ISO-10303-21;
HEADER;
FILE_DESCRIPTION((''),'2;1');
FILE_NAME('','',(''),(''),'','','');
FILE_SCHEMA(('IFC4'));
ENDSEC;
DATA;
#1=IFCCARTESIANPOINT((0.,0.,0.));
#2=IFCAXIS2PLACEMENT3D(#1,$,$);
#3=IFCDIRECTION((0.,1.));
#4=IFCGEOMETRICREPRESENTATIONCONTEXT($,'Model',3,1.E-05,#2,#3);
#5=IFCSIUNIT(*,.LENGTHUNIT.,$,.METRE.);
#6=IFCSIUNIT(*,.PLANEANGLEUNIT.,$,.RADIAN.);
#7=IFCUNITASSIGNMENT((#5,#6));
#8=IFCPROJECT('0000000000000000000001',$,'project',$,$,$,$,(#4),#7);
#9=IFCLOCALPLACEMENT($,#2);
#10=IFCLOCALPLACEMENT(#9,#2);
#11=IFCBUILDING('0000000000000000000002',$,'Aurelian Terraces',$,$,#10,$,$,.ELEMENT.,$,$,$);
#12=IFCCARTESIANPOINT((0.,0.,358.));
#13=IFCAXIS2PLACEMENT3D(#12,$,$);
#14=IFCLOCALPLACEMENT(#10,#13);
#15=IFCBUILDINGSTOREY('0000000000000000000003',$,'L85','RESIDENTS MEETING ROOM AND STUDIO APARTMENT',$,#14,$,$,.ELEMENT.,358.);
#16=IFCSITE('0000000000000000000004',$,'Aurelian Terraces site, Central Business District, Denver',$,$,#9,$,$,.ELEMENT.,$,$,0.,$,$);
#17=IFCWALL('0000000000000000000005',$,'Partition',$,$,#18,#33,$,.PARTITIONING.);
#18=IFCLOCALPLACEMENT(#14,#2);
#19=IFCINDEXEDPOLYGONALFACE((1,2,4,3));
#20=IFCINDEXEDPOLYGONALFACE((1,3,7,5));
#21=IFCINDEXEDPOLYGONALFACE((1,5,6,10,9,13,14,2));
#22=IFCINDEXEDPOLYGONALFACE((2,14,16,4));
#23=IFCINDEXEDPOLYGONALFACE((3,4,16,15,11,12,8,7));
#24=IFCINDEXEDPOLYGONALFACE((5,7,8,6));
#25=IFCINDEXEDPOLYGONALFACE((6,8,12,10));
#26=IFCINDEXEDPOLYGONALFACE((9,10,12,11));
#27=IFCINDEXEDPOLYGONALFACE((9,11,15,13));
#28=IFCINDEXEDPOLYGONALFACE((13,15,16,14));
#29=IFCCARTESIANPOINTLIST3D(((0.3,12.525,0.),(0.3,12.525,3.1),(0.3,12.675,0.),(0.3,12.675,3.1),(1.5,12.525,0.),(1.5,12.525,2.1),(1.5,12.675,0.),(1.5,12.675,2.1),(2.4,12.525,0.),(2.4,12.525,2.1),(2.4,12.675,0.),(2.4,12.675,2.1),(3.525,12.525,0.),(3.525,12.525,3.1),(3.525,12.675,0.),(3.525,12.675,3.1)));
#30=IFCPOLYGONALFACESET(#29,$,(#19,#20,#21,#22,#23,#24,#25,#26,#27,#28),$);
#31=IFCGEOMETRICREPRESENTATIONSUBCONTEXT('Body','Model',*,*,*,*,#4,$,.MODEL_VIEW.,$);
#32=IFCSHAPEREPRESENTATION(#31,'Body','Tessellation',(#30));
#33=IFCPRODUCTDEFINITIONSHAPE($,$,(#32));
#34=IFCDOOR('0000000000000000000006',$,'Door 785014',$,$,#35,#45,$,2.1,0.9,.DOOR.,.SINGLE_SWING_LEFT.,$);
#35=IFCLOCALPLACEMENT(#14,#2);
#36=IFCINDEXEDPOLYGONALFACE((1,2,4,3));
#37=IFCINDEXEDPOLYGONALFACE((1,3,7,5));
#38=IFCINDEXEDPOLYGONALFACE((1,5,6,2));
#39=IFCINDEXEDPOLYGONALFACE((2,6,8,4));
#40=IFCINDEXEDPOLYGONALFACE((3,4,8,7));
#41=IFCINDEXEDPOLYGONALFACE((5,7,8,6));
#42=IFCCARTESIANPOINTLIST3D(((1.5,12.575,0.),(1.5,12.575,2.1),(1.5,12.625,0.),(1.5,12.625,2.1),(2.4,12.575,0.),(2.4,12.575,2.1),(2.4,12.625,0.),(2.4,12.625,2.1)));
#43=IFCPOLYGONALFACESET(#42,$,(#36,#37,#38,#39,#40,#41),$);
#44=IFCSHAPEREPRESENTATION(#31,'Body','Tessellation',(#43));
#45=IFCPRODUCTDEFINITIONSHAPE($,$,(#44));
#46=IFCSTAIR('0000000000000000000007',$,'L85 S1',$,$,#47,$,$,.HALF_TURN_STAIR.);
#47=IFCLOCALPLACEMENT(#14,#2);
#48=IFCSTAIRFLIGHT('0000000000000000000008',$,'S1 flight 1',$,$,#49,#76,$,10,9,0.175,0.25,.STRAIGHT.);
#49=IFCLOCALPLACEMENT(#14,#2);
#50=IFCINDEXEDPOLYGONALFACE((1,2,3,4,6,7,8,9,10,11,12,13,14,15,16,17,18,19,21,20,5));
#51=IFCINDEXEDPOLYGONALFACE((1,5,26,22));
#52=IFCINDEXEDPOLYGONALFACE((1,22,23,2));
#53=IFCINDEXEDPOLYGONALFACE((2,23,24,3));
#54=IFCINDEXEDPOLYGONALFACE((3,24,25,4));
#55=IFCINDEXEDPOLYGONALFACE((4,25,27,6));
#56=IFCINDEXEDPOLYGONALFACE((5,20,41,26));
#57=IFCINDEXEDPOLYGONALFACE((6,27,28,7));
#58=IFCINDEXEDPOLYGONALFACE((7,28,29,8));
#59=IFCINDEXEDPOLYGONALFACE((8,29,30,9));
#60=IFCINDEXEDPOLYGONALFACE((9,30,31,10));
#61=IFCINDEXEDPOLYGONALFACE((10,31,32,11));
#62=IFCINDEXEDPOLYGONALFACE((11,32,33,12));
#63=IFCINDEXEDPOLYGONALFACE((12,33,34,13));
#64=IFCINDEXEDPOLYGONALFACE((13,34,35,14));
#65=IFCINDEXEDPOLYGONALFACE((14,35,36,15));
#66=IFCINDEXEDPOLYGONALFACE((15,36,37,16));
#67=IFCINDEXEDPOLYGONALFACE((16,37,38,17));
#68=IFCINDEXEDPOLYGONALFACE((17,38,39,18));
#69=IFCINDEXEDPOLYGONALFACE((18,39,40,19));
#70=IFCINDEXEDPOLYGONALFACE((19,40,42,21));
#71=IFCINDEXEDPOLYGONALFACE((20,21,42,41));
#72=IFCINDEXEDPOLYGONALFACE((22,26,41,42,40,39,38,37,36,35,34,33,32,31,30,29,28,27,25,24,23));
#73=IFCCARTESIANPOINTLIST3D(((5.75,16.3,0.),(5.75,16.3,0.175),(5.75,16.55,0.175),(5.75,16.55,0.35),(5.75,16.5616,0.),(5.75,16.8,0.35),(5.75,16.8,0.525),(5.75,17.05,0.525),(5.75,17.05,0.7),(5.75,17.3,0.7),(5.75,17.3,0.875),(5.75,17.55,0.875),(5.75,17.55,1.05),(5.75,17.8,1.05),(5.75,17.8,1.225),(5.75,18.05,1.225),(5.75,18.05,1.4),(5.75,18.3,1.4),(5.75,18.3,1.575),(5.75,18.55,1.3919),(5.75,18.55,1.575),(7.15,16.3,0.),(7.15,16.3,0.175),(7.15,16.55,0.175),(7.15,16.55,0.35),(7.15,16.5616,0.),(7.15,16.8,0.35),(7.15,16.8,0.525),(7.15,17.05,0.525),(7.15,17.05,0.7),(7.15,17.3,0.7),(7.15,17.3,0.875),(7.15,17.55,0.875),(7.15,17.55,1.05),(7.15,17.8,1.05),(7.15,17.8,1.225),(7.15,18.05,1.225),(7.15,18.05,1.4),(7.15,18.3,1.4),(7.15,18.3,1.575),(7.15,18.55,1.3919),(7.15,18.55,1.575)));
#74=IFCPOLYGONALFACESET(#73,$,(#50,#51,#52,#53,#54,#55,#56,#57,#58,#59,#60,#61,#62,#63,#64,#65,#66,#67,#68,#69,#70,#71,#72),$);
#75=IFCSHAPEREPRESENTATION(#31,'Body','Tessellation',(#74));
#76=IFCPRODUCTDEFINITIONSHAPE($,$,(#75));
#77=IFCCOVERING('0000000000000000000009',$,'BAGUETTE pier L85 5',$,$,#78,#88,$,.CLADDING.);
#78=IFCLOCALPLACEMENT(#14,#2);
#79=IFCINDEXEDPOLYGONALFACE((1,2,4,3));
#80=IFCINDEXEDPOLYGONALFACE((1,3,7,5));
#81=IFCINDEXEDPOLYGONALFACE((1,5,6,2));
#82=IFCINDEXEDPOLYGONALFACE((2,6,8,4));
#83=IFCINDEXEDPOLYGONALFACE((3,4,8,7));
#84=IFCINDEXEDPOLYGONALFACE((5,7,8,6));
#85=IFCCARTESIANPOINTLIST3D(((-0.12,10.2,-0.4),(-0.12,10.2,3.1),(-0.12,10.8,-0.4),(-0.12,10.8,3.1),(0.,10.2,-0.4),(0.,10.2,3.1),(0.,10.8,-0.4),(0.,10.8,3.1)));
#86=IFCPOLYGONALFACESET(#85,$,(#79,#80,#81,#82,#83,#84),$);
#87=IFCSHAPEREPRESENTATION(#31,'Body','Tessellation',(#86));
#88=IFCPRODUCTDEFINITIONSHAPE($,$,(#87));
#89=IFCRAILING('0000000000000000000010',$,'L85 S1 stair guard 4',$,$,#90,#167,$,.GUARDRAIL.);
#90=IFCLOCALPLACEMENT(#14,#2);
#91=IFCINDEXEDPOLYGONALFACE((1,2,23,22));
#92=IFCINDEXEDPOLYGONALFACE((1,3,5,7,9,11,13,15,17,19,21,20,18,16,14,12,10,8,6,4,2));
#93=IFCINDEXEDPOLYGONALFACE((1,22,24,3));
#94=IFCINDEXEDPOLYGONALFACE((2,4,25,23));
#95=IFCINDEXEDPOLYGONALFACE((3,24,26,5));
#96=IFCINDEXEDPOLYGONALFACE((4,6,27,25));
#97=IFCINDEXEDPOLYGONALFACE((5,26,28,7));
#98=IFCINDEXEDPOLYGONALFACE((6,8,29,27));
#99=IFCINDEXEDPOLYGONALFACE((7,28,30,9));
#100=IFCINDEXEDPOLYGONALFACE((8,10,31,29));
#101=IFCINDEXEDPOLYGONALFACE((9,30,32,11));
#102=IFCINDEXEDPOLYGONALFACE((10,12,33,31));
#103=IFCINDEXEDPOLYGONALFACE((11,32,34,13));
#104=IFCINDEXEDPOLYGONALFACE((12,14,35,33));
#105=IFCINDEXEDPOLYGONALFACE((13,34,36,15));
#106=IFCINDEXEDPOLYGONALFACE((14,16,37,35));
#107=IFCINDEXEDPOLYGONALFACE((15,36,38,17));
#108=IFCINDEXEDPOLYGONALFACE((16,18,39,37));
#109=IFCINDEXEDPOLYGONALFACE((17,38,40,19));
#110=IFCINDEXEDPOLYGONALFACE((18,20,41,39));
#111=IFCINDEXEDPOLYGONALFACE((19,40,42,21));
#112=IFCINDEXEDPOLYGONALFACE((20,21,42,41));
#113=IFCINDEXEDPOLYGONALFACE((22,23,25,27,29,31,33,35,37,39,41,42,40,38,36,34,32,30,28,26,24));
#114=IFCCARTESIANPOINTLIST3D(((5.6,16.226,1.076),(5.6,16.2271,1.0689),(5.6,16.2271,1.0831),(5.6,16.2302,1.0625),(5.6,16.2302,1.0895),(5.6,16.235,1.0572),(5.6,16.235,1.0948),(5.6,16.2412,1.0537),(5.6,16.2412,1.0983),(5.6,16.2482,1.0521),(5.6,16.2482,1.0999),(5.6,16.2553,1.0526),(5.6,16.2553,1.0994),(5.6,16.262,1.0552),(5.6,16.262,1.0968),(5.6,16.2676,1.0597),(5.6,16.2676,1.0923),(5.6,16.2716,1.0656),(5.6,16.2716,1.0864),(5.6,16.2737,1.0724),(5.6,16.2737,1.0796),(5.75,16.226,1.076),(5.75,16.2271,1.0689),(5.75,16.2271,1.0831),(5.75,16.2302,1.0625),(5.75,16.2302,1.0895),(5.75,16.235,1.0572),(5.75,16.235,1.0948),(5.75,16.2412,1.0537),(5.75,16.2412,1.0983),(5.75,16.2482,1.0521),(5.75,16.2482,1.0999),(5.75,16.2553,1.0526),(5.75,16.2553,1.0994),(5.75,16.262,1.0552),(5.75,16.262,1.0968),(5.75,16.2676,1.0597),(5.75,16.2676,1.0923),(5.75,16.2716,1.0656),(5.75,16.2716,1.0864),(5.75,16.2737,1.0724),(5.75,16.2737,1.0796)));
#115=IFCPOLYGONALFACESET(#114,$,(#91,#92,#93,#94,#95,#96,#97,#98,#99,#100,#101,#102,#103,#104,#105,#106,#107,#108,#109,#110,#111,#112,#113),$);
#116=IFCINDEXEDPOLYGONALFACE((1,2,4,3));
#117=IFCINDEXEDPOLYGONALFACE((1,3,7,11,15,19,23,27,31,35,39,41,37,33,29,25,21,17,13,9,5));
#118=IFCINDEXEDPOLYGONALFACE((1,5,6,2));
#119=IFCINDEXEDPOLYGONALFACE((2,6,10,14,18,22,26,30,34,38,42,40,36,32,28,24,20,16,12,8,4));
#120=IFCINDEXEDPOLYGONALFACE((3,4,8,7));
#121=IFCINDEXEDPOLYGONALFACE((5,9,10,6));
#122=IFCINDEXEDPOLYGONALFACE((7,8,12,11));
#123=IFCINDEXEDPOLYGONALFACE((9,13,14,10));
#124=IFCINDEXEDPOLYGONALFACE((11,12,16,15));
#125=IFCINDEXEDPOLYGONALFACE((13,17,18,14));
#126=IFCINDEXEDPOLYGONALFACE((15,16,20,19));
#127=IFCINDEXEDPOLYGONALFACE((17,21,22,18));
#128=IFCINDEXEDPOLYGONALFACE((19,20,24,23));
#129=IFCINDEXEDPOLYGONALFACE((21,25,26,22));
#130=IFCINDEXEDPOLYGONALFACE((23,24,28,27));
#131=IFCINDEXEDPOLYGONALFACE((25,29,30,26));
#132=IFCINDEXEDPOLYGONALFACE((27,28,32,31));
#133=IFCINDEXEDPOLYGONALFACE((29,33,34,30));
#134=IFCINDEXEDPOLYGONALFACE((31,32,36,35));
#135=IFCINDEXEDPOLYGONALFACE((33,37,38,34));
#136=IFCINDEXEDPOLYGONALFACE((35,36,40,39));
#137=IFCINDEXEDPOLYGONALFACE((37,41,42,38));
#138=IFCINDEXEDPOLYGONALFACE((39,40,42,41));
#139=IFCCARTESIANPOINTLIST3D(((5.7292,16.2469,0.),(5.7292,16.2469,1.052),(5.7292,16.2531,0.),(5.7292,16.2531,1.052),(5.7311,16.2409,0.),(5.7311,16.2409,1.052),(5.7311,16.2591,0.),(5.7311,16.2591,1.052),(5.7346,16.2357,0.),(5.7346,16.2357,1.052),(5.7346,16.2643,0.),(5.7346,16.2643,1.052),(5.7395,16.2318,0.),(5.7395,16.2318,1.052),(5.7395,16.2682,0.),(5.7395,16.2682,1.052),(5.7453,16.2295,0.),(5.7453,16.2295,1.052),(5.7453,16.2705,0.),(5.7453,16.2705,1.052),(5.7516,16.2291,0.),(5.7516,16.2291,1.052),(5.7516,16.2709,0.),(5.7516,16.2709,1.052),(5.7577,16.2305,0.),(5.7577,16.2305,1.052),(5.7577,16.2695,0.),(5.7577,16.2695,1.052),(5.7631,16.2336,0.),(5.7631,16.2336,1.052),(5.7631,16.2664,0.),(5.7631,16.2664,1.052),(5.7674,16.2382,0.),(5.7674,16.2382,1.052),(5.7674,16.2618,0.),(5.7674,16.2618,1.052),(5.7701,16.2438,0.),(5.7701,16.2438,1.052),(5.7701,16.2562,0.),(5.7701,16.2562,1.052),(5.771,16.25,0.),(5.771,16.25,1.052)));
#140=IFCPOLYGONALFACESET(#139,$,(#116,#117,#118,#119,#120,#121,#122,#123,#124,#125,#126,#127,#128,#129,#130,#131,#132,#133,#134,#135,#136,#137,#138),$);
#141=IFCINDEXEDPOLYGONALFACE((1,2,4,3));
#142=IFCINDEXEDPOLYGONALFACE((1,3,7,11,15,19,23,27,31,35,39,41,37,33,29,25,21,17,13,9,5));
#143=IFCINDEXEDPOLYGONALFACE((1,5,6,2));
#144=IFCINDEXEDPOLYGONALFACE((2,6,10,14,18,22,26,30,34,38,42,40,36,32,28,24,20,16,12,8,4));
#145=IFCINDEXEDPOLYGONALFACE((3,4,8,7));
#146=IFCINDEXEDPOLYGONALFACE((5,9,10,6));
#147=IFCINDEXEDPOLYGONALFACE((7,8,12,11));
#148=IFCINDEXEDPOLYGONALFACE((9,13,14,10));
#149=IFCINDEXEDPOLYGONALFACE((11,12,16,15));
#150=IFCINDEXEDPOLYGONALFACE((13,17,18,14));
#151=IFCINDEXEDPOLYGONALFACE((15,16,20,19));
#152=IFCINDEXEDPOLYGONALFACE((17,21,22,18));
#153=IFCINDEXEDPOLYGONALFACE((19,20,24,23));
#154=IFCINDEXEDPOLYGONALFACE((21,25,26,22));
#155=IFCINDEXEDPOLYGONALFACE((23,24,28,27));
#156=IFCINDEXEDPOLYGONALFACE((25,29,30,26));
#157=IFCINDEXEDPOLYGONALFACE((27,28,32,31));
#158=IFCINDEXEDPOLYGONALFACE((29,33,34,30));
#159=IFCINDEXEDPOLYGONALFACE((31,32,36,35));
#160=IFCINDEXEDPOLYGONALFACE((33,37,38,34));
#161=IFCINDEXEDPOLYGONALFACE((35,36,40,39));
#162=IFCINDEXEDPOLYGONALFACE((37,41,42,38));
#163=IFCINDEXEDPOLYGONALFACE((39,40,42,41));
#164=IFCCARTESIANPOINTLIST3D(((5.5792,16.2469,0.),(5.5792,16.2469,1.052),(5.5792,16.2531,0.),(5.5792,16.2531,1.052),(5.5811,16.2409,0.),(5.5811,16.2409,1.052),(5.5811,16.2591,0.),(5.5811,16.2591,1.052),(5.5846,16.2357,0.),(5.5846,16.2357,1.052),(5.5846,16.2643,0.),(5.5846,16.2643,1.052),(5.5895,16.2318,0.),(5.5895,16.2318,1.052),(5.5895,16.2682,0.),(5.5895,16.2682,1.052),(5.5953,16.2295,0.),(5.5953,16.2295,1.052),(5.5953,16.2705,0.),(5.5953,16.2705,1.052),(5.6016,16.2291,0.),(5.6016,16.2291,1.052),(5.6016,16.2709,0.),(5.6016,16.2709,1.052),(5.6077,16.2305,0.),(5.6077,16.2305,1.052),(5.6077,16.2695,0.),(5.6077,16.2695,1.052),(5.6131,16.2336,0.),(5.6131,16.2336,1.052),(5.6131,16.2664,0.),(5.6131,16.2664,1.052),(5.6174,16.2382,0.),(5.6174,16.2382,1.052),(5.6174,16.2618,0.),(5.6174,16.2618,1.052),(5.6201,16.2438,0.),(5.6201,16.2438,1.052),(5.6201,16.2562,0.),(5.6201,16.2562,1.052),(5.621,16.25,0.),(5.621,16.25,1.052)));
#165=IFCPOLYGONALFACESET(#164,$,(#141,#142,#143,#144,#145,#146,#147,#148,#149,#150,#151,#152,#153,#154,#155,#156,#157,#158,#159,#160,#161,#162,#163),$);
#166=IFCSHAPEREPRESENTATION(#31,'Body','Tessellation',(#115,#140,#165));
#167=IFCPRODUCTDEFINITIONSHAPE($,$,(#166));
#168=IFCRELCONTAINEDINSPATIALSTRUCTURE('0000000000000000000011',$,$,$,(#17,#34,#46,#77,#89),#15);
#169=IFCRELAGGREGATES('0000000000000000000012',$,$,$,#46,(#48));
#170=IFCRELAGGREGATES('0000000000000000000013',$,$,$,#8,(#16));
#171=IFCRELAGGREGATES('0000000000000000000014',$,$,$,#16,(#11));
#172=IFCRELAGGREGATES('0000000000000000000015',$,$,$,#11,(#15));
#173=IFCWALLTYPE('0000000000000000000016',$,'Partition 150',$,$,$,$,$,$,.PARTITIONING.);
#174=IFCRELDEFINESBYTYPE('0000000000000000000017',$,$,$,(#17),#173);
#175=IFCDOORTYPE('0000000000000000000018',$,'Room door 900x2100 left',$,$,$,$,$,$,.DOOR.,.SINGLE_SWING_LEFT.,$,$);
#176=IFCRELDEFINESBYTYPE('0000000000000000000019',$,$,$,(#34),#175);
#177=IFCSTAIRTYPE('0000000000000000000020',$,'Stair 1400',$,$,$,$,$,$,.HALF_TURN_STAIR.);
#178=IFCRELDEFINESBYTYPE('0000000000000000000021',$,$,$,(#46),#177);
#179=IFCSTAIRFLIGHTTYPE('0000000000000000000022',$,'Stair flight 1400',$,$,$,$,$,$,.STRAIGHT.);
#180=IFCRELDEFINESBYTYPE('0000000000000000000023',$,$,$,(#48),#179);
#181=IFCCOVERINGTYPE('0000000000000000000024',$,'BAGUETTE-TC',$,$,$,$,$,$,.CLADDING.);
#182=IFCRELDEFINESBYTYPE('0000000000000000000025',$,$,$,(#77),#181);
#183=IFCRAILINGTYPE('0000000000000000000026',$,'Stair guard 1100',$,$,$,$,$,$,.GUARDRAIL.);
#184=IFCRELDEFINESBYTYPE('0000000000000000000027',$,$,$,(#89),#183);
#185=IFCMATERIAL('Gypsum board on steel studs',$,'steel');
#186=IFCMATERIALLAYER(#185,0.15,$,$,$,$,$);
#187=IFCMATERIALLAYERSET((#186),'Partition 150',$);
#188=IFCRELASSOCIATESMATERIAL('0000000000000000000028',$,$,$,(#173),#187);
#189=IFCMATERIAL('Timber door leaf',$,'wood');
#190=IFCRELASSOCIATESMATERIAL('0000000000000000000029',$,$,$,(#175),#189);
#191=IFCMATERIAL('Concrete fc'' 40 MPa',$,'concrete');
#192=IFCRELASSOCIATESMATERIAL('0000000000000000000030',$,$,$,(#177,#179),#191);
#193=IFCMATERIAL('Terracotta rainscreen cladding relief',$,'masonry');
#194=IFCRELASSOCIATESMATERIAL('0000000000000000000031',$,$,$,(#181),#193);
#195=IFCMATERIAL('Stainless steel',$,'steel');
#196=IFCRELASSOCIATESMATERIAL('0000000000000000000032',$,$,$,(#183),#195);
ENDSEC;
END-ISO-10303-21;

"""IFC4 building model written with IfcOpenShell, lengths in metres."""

from ifc_helpers import new_model, si_unit, direction, frame, frame_2d, origin, origin_2d, place, context, subcontext, project, spatial, polyline, rectangle, circle, outline, extrude, source, transform, mapped, material, layer, layer_set, type_object, element, fill, aggregate, save


model = new_model("IFC4")

# Units and contexts
model_context = context("Model", 3, precision=1e-05, world=origin(), true_north=direction((0.0, 1.0)))
body_context = subcontext(model_context, "Body", "Model", "MODEL_VIEW")
ifc_project = project(units=[si_unit("LENGTHUNIT", "METRE"), si_unit("PLANEANGLEUNIT", "RADIAN")], contexts=[model_context])

# Site, building, storey
site_placement = place(None, origin())
site = spatial("IfcSite", under=ifc_project, at=site_placement, Name="Aurelian Terraces site, Central Business District, Denver", CompositionType="ELEMENT", RefElevation=0.0)
building_placement = place(site_placement, origin())
building = spatial("IfcBuilding", under=site, at=building_placement, Name="Aurelian Terraces", CompositionType="ELEMENT")
storey_placement = place(building_placement, frame((0.0, 0.0, 358.0)))
storey = spatial("IfcBuildingStorey", under=building, at=storey_placement, Name="L85", Description="RESIDENTS MEETING ROOM AND STUDIO APARTMENT", CompositionType="ELEMENT", Elevation=358.0)

# Shared definitions
ifc_material_1 = material(Name="Concrete fc' 40 MPa", Category="concrete")

# Shared definitions
ifc_material_2 = material(Name="Stainless steel", Category="steel")

# Wall, opening, door
ifc_material_3 = material(Name="Gypsum board on steel studs", Category="steel")
ifc_layer_1 = layer(ifc_material_3, 0.15)
ifc_layer_set_1 = layer_set([ifc_layer_1], Name="Partition 150")
wall_type_1 = type_object("IfcWallType", Name="Partition 150", PredefinedType="PARTITIONING", material=ifc_layer_set_1)
shared_shape_1 = source(origin(), body_context, "Body", "SweptSolid", [
    extrude(rectangle(XDim=3.225, YDim=0.15, at=frame_2d((1.6125, 0.0))), origin(), (0.0, 0.0, 1.0), 3.1),
])
wall_1_placement = place(storey_placement, frame((0.3, 12.6, 0.0), z_axis=(0.0, 0.0, 1.0), x_axis=(1.0, 0.0, 0.0)))
wall_1 = element("IfcWall", 1, at=wall_1_placement, inside=storey, type_object=wall_type_1, Name="Partition", PredefinedType="PARTITIONING", context=body_context, shape_type="MappedRepresentation", body=[
    mapped(shared_shape_1, transform((0.0, 0.0, 0.0), scale=1.0)),
])
shared_shape_2 = source(origin(), body_context, "Body", "SweptSolid", [
    extrude(rectangle(XDim=0.9, YDim=2.1, at=frame_2d((0.45, 1.05))), frame((0.0, 0.085, 0.0), z_axis=(0.0, -1.0, 0.0), x_axis=(1.0, 0.0, 0.0)), (0.0, 0.0, 1.0), 0.17),
])
opening_1_placement = place(wall_1_placement, frame((1.2, 0.0, 0.0)))
opening_1 = element("IfcOpeningElement", 2, at=opening_1_placement, cuts=wall_1, PredefinedType="OPENING", context=body_context, shape_type="MappedRepresentation", body=[
    mapped(shared_shape_2, transform((0.0, 0.0, 0.0), scale=1.0)),
])
ifc_material_4 = material(Name="Timber door leaf", Category="wood")
door_type_1 = type_object("IfcDoorType", Name="Room door 900x2100 left", OperationType="SINGLE_SWING_LEFT", PredefinedType="DOOR", material=ifc_material_4)
shared_shape_3 = source(origin(), body_context, "Body", "SweptSolid", [
    extrude(rectangle(XDim=0.9, YDim=2.1, at=frame_2d((0.45, 1.05))), frame((0.0, 0.025, 0.0), z_axis=(0.0, -1.0, 0.0), x_axis=(1.0, 0.0, 0.0)), (0.0, 0.0, 1.0), 0.05),
])
door_1_placement = place(opening_1_placement, origin())
door_1 = element("IfcDoor", 3, at=door_1_placement, inside=storey, type_object=door_type_1, Name="Door 785014", OperationType="SINGLE_SWING_LEFT", OverallHeight=2.1, OverallWidth=0.9, PredefinedType="DOOR", context=body_context, shape_type="MappedRepresentation", body=[
    mapped(shared_shape_3, transform((0.0, 0.0, 0.0), scale=1.0)),
])
fill(opening_1, door_1)

# Stair, stair flight
stair_type = type_object("IfcStairType", Name="Stair 1400", PredefinedType="HALF_TURN_STAIR", material=ifc_material_1)
stair_placement = place(storey_placement, origin())
stair = element("IfcStair", 4, at=stair_placement, inside=storey, type_object=stair_type, Name="L85 S1", PredefinedType="HALF_TURN_STAIR")
stair_flight_type = type_object("IfcStairFlightType", Name="Stair flight 1400", PredefinedType="STRAIGHT", material=ifc_material_1)
shared_shape_4 = source(origin(), body_context, "Body", "SweptSolid", [
    extrude(outline(polyline([(0.0, 0.0), (0.0, 0.175), (0.25, 0.175), (0.25, 0.35), (0.5, 0.35), (0.5, 0.525), (0.75, 0.525), (0.75, 0.7), (1.0, 0.7), (1.0, 0.875), (1.25, 0.875), (1.25, 1.05), (1.5, 1.05), (1.5, 1.225), (1.75, 1.225), (1.75, 1.4), (2.0, 1.4), (2.0, 1.575), (2.25, 1.575), (2.25, 1.75), (2.25, 1.3919), (0.2616, 0.0), (0.0, 0.0)])), frame((0.0, 0.7, 0.0), z_axis=(0.0, -1.0, 0.0), x_axis=(1.0, 0.0, 0.0)), (0.0, 0.0, 1.0), 1.4),
])
stair_flight_placement = place(storey_placement, frame((6.45, 16.3, 0.0), z_axis=(0.0, 0.0, 1.0), x_axis=(0.0, 1.0, 0.0)))
stair_flight = element("IfcStairFlight", 5, at=stair_flight_placement, type_object=stair_flight_type, Name="S1 flight 1", NumberOfRisers=10, NumberOfTreads=9, PredefinedType="STRAIGHT", RiserHeight=0.175, TreadLength=0.25, context=body_context, shape_type="MappedRepresentation", body=[
    mapped(shared_shape_4, transform((0.0, 0.0, 0.0), scale=1.0)),
])
aggregate(stair, [stair_flight])

# Covering
ifc_material_5 = material(Name="Terracotta rainscreen cladding relief", Category="masonry")
covering_type = type_object("IfcCoveringType", Name="BAGUETTE-TC", PredefinedType="CLADDING", material=ifc_material_5)
shared_shape_5 = source(origin(), body_context, "Body", "SweptSolid", [
    extrude(rectangle(XDim=0.12, YDim=0.6, at=origin_2d()), origin(), (0.0, 0.0, 1.0), 3.5),
])
covering_placement = place(storey_placement, frame((-0.06, 10.5, -0.4), z_axis=(0.0, 0.0, 1.0), x_axis=(1.0, 0.0, 0.0)))
element("IfcCovering", 6, at=covering_placement, inside=storey, type_object=covering_type, Name="BAGUETTE pier L85 5", PredefinedType="CLADDING", context=body_context, shape_type="MappedRepresentation", body=[
    mapped(shared_shape_5, transform((0.0, 0.0, 0.0), scale=1.0)),
])

# Railing
railing_type = type_object("IfcRailingType", Name="Stair guard 1100", PredefinedType="GUARDRAIL", material=ifc_material_2)
shared_shape_6 = source(origin(), body_context, "Body", "SweptSolid", [
    extrude(circle(Radius=0.024, at=origin_2d()), frame((0.0, 0.0, 1.076), z_axis=(-1.0, 0.0, 0.0), x_axis=(0.0, -1.0, 0.0)), (0.0, 0.0, 1.0), 0.15),
    extrude(circle(Radius=0.021, at=origin_2d()), origin(), (0.0, 0.0, 1.0), 1.052),
    extrude(circle(Radius=0.021, at=origin_2d()), frame((-0.15, 0.0, 0.0)), (0.0, 0.0, 1.0), 1.052),
])
railing_1_placement = place(storey_placement, frame((5.75, 16.25, 0.0)))
element("IfcRailing", 7, at=railing_1_placement, inside=storey, type_object=railing_type, Name="L85 S1 stair guard 4", PredefinedType="GUARDRAIL", context=body_context, shape_type="MappedRepresentation", body=[
    mapped(shared_shape_6, transform((0.0, 0.0, 0.0), scale=1.0)),
])

save(model, "model.ifc")
